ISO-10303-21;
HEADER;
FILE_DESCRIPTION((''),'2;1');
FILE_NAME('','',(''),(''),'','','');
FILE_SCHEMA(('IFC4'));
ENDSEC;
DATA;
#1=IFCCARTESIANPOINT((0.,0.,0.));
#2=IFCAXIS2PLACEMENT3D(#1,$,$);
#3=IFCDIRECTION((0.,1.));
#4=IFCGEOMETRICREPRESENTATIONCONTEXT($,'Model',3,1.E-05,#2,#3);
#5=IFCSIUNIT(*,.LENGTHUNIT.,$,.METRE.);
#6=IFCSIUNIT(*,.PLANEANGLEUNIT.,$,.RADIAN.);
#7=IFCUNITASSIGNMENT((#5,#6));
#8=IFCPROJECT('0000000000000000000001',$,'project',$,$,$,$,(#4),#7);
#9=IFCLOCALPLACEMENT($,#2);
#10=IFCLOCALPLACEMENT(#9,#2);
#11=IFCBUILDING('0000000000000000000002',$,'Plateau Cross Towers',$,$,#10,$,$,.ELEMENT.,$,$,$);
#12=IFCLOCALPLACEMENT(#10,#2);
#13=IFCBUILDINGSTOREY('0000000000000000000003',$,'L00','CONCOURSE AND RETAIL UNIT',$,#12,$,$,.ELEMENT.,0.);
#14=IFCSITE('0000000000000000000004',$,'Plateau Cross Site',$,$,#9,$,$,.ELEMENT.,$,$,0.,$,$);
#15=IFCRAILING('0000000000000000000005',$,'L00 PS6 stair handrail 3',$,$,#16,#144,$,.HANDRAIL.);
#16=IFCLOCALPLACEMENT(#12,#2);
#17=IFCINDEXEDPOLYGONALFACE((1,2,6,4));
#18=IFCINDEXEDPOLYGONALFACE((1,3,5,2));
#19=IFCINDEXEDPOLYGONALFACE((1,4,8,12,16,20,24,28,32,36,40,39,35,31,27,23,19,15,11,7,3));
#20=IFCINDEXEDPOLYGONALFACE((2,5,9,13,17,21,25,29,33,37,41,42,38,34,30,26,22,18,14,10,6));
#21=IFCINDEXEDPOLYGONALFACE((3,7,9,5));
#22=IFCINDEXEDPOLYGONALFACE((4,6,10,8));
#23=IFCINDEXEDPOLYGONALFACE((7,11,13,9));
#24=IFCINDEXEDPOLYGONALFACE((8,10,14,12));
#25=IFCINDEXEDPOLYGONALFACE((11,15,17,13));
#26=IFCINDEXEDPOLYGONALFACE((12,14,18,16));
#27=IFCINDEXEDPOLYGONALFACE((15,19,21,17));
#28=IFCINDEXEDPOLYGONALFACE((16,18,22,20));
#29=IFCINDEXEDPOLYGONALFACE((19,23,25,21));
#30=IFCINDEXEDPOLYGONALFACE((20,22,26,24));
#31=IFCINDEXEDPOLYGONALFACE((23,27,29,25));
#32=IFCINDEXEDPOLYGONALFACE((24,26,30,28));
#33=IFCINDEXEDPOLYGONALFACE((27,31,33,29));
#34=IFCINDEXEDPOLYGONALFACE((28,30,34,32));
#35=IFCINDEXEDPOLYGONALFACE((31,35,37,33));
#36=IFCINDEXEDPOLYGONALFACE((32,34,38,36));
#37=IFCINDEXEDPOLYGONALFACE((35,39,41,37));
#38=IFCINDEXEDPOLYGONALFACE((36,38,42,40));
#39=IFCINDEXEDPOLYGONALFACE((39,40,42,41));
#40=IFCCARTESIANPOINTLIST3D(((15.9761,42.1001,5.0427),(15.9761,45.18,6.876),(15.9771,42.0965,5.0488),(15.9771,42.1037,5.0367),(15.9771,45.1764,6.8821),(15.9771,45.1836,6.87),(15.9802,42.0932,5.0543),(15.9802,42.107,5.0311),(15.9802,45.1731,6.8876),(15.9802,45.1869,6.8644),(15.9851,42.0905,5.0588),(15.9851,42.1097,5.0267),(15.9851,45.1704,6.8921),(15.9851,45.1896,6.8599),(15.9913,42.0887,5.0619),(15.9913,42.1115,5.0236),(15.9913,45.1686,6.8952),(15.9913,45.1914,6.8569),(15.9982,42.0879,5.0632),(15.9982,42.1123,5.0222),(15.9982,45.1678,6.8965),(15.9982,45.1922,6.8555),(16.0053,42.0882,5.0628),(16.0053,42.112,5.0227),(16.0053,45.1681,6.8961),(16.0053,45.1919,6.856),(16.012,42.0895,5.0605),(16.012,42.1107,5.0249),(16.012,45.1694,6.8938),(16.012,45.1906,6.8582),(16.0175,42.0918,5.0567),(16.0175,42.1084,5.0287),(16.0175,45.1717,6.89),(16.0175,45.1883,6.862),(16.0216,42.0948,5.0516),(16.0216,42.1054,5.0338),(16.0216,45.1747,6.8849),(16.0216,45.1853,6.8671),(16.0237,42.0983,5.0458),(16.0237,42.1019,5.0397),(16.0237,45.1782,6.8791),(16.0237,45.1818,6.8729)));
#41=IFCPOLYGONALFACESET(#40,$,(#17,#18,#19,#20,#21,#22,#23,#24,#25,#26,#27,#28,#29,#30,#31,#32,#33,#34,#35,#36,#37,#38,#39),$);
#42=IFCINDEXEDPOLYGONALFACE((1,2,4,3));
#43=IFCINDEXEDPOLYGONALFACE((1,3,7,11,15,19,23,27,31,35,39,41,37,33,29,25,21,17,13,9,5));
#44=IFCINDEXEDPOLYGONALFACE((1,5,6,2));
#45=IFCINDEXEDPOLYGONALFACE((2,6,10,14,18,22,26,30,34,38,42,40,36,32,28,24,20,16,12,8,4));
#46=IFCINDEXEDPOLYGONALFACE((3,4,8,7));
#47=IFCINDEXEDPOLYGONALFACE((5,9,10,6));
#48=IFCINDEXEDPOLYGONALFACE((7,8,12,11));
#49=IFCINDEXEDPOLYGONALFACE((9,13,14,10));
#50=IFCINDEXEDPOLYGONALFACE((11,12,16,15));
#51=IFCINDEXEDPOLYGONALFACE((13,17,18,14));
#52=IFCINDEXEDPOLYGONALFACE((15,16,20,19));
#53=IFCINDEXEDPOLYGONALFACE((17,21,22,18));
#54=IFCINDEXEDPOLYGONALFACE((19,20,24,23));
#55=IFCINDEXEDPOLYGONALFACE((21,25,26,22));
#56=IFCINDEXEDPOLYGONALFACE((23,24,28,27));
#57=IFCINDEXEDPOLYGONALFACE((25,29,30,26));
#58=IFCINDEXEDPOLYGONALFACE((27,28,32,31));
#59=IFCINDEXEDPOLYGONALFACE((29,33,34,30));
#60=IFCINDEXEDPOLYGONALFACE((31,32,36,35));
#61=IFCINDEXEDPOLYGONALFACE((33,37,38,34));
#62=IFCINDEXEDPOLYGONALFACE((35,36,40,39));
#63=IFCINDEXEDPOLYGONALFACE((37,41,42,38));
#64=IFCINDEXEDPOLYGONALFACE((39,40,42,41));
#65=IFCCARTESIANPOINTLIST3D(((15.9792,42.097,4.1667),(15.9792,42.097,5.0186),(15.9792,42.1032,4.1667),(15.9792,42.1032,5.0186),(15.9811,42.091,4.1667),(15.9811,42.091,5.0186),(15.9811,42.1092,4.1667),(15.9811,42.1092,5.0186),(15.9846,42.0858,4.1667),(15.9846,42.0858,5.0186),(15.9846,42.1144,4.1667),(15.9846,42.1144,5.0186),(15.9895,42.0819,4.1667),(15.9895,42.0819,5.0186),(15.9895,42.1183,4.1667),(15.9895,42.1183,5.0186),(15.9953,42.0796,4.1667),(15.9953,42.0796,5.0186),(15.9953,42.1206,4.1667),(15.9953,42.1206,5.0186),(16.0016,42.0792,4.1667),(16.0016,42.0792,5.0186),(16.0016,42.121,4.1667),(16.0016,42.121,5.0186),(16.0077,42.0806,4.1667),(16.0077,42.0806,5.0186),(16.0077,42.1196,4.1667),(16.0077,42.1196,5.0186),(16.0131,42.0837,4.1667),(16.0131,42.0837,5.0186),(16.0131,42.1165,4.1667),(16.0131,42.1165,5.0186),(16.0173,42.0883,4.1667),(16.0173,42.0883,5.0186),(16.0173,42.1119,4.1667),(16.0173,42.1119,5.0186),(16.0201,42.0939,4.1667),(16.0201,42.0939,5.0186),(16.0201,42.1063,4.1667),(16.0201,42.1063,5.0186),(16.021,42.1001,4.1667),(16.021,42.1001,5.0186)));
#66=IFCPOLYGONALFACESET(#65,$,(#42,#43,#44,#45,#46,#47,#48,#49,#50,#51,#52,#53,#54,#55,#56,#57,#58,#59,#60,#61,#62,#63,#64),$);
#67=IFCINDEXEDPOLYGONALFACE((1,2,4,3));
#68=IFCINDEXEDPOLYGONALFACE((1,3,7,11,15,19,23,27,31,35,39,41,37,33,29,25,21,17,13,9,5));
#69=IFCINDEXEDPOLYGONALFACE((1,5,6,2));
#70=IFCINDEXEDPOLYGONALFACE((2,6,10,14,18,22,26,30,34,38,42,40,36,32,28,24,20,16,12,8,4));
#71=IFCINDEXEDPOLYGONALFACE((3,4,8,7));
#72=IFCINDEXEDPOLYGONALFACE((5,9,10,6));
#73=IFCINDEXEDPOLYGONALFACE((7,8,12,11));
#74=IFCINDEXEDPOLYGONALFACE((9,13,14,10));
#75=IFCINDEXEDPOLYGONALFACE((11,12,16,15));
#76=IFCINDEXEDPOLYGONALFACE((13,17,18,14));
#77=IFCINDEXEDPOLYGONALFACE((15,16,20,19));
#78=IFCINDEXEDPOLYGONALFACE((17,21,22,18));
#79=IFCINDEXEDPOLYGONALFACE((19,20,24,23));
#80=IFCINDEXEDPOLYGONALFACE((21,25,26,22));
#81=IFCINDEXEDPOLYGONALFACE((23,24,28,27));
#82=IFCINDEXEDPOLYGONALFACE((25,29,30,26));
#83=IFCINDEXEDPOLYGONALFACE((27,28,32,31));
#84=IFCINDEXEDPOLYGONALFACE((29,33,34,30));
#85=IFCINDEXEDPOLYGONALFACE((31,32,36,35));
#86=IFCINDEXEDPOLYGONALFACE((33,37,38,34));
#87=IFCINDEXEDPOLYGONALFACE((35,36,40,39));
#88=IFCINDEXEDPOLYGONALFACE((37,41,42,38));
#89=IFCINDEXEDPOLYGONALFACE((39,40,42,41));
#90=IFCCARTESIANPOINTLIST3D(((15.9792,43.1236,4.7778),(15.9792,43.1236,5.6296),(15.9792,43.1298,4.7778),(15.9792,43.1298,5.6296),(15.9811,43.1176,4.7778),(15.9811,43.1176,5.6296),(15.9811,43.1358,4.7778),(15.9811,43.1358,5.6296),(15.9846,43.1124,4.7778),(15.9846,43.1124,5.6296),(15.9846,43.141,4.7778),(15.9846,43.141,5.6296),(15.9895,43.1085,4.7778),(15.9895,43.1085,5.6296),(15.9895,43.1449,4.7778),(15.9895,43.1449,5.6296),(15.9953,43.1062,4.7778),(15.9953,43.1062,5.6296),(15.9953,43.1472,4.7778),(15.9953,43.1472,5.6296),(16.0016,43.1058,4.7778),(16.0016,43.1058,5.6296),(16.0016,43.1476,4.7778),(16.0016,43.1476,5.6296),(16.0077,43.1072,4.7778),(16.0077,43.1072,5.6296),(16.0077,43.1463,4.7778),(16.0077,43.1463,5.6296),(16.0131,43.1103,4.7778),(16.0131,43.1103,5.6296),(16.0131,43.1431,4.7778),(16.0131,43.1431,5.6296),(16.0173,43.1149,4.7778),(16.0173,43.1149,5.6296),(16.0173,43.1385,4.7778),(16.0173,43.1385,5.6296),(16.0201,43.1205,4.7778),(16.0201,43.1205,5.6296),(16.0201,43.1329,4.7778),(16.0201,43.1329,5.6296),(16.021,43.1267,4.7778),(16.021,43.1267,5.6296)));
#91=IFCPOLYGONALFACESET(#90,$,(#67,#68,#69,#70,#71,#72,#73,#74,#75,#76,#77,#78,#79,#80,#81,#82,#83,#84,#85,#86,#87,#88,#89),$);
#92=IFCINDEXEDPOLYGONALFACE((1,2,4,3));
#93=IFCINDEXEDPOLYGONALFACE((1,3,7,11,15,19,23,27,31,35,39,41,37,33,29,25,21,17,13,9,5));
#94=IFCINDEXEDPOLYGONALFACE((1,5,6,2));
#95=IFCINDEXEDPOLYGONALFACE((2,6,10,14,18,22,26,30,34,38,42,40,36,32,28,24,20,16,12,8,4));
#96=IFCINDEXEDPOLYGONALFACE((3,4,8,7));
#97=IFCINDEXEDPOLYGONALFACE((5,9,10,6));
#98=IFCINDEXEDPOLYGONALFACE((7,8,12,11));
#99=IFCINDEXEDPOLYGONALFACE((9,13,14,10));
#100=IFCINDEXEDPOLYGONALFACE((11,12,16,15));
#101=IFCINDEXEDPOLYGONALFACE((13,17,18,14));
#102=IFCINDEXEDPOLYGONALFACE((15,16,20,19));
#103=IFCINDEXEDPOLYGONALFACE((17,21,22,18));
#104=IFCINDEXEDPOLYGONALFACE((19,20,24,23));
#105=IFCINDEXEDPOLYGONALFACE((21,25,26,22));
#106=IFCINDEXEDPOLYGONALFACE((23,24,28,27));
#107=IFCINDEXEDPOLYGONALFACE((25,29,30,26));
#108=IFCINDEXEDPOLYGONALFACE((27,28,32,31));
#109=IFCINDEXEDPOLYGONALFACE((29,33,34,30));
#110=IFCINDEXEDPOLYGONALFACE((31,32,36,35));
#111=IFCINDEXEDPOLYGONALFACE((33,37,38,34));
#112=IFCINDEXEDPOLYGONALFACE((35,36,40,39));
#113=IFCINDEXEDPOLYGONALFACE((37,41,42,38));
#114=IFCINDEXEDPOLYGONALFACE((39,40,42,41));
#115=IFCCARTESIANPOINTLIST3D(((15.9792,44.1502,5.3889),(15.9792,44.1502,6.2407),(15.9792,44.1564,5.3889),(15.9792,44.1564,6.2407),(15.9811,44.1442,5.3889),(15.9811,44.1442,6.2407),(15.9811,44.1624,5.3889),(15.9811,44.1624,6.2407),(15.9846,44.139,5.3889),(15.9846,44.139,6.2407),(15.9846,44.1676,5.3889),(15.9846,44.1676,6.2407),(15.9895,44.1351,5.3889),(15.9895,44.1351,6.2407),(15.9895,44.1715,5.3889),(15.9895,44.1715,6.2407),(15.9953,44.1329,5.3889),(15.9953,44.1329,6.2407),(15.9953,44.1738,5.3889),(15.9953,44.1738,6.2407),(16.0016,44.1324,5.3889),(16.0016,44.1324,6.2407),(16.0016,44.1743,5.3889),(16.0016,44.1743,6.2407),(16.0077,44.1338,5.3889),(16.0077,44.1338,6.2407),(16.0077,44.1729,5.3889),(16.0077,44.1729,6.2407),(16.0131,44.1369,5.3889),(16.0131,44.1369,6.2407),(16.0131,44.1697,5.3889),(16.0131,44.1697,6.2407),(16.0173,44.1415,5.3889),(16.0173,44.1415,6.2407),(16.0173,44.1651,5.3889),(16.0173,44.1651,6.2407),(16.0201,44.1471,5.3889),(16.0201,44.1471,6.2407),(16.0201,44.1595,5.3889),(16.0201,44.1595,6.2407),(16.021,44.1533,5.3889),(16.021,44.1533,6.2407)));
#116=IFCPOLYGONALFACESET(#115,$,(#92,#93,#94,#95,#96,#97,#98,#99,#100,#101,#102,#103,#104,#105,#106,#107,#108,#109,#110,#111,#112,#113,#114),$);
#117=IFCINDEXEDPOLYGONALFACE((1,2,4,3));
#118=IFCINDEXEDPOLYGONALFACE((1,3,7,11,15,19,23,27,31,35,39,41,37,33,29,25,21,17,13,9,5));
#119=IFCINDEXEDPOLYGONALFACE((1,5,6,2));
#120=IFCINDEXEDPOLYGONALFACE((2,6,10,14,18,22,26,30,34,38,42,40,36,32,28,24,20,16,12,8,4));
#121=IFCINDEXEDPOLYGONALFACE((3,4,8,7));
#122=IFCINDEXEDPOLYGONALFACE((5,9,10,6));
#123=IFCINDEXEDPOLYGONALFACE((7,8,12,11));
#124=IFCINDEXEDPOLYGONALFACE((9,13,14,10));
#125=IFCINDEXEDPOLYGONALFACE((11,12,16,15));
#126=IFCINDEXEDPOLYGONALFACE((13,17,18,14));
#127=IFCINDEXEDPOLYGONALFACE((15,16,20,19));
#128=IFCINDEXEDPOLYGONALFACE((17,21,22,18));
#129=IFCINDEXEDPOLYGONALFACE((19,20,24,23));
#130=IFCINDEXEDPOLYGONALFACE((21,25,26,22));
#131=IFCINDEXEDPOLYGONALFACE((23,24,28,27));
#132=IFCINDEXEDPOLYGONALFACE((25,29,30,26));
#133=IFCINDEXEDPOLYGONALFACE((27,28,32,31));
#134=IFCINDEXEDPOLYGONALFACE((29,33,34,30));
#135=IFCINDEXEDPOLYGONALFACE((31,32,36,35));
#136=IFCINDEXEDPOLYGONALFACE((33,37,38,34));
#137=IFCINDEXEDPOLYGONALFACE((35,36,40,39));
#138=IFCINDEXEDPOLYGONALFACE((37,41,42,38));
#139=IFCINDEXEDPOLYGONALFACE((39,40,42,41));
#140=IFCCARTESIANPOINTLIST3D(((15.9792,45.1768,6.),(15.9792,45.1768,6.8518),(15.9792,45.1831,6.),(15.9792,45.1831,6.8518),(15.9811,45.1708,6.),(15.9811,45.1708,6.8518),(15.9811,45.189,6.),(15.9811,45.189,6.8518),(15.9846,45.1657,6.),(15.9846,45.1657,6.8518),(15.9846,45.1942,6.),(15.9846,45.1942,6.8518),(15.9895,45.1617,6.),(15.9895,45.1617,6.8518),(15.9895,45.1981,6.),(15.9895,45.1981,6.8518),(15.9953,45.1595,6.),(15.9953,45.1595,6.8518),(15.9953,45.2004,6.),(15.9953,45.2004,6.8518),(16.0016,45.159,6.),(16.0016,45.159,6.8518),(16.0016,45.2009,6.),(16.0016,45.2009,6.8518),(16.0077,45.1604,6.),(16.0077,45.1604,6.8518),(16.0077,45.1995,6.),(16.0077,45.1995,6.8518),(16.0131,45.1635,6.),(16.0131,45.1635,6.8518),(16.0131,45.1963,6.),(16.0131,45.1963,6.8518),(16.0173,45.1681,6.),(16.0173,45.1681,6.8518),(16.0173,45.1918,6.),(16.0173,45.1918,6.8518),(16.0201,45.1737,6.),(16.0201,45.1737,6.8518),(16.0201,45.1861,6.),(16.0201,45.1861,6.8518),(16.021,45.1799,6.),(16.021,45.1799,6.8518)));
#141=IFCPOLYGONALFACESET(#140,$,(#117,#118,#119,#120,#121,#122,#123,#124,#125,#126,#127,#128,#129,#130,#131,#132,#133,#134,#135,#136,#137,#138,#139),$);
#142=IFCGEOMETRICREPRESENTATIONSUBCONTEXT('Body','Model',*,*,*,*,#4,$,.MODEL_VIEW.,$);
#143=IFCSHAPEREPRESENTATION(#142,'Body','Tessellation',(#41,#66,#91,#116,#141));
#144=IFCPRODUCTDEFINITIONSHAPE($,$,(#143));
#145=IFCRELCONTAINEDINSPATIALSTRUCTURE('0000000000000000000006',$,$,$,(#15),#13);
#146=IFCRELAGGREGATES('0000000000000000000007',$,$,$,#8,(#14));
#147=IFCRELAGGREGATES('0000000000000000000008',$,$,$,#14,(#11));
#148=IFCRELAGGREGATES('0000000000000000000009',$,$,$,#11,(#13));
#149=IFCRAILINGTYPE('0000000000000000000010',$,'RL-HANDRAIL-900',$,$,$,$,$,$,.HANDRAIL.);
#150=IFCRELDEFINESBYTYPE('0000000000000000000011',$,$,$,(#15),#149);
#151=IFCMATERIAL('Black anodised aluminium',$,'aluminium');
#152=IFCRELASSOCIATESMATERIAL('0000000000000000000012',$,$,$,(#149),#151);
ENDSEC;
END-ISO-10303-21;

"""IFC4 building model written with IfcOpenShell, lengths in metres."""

from ifc_helpers import new_model, si_unit, direction, frame, origin, origin_2d, place, context, subcontext, project, spatial, circle, extrude, material, type_object, element, save


model = new_model("IFC4")

# Units and contexts
model_context = context("Model", 3, precision=1e-05, world=origin(), true_north=direction((0.0, 1.0)))
body_context = subcontext(model_context, "Body", "Model", "MODEL_VIEW")
ifc_project = project(units=[si_unit("LENGTHUNIT", "METRE"), si_unit("PLANEANGLEUNIT", "RADIAN")], contexts=[model_context])

# Site, building, storey
site_placement = place(None, origin())
site = spatial("IfcSite", under=ifc_project, at=site_placement, Name="Plateau Cross Site", CompositionType="ELEMENT", RefElevation=0.0)
building_placement = place(site_placement, origin())
building = spatial("IfcBuilding", under=site, at=building_placement, Name="Plateau Cross Towers", CompositionType="ELEMENT")
storey_placement = place(building_placement, origin())
storey = spatial("IfcBuildingStorey", under=building, at=storey_placement, Name="L00", Description="CONCOURSE AND RETAIL UNIT", CompositionType="ELEMENT", Elevation=0.0)

# Railing
ifc_material_1 = material(Name="Black anodised aluminium", Category="aluminium")
railing_type_1 = type_object("IfcRailingType", Name="RL-HANDRAIL-900", PredefinedType="HANDRAIL", material=ifc_material_1)
railing_1_placement = place(storey_placement, frame((16.0, 42.1001, 4.1667)))
element("IfcRailing", 1, at=railing_1_placement, inside=storey, type_object=railing_type_1, Name="L00 PS6 stair handrail 3", PredefinedType="HANDRAIL", context=body_context, shape_type="SweptSolid", body=[
    extrude(circle(Radius=0.0239, at=origin_2d()), frame((0.0, 0.0, 0.876), z_axis=(0.0, 0.859291, 0.511487), x_axis=(-1.0, 0.0, 0.0)), (0.0, 0.0, 1.0), 3.5842),
    extrude(circle(Radius=0.021, at=origin_2d()), origin(), (0.0, 0.0, 1.0), 0.8518),
    extrude(circle(Radius=0.021, at=origin_2d()), frame((0.0, 1.0266, 0.6111)), (0.0, 0.0, 1.0), 0.8518),
    extrude(circle(Radius=0.021, at=origin_2d()), frame((0.0, 2.0532, 1.2222)), (0.0, 0.0, 1.0), 0.8518),
    extrude(circle(Radius=0.021, at=origin_2d()), frame((0.0, 3.0798, 1.8333)), (0.0, 0.0, 1.0), 0.8518),
])

save(model, "model.ifc")
